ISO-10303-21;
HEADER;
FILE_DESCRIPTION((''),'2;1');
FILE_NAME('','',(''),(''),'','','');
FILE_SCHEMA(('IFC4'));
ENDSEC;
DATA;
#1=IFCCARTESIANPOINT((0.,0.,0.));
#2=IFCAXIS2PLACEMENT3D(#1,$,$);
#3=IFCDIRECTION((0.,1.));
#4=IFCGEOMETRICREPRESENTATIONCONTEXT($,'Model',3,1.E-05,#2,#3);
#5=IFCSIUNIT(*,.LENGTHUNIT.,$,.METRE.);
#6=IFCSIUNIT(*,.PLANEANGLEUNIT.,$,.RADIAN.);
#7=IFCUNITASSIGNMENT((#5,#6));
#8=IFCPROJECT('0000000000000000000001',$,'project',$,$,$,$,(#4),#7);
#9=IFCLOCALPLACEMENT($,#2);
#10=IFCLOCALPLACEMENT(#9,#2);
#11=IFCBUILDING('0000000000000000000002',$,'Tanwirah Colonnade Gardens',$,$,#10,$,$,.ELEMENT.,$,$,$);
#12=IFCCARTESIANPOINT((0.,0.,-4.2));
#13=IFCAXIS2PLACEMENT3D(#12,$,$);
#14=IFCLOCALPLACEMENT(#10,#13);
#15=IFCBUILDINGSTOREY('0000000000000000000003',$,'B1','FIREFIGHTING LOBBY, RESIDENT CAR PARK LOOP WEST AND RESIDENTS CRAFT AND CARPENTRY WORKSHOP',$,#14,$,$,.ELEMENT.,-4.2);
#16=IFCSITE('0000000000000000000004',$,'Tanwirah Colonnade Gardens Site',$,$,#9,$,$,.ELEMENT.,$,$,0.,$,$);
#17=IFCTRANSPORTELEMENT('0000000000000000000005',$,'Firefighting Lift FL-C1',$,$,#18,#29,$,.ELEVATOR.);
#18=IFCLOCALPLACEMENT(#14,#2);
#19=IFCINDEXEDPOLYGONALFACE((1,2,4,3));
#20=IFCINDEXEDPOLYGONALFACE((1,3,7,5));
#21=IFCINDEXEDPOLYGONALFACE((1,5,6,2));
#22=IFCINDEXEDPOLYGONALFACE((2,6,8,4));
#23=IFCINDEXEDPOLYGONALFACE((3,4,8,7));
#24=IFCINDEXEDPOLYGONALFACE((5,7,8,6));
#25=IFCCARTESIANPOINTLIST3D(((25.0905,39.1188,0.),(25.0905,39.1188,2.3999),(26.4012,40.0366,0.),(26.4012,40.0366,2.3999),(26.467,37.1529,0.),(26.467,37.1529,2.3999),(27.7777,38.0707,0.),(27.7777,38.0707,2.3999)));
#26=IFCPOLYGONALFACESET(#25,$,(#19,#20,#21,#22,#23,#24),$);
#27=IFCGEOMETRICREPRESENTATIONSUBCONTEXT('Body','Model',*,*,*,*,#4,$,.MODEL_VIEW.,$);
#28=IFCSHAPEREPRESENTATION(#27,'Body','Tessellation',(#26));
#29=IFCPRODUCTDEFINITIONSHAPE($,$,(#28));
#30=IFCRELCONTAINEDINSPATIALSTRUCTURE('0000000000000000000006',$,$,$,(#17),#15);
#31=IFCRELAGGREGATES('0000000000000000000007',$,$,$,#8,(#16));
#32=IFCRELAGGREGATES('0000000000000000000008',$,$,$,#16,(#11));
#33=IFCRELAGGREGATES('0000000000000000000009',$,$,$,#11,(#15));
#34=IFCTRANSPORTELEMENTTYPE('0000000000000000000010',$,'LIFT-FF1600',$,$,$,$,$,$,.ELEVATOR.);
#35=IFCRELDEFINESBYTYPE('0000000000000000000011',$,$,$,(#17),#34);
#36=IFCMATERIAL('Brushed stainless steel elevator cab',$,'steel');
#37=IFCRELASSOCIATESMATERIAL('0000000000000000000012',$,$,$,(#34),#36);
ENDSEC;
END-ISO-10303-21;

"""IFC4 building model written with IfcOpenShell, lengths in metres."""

from ifc_helpers import new_model, si_unit, direction, frame, origin, origin_2d, place, context, subcontext, project, spatial, rectangle, extrude, material, type_object, element, save


model = new_model("IFC4")

# Units and contexts
model_context = context("Model", 3, precision=1e-05, world=origin(), true_north=direction((0.0, 1.0)))
body_context = subcontext(model_context, "Body", "Model", "MODEL_VIEW")
ifc_project = project(units=[si_unit("LENGTHUNIT", "METRE"), si_unit("PLANEANGLEUNIT", "RADIAN")], contexts=[model_context])

# Site, building, storey
site_placement = place(None, origin())
site = spatial("IfcSite", under=ifc_project, at=site_placement, Name="Tanwirah Colonnade Gardens Site", CompositionType="ELEMENT", RefElevation=0.0)
building_placement = place(site_placement, origin())
building = spatial("IfcBuilding", under=site, at=building_placement, Name="Tanwirah Colonnade Gardens", CompositionType="ELEMENT")
storey_placement = place(building_placement, frame((0.0, 0.0, -4.2)))
storey = spatial("IfcBuildingStorey", under=building, at=storey_placement, Name="B1", Description="FIREFIGHTING LOBBY, RESIDENT CAR PARK LOOP WEST AND RESIDENTS CRAFT AND CARPENTRY WORKSHOP", CompositionType="ELEMENT", Elevation=-4.2)

# Transport element
ifc_material_1 = material(Name="Brushed stainless steel elevator cab", Category="steel")
transport_element_type = type_object("IfcTransportElementType", Name="LIFT-FF1600", PredefinedType="ELEVATOR", material=ifc_material_1)
transport_element_placement = place(storey_placement, frame((26.4341, 38.5947, 0.0), z_axis=(0.0, 0.0, 1.0), x_axis=(0.819152, 0.573576, 0.0)))
element("IfcTransportElement", 1, at=transport_element_placement, inside=storey, type_object=transport_element_type, Name="Firefighting Lift FL-C1", PredefinedType="ELEVATOR", context=body_context, shape_type="SweptSolid", body=[
    extrude(rectangle(XDim=1.6001, YDim=2.3999, at=origin_2d()), origin(), (0.0, 0.0, 1.0), 2.3999),
])

save(model, "model.ifc")
